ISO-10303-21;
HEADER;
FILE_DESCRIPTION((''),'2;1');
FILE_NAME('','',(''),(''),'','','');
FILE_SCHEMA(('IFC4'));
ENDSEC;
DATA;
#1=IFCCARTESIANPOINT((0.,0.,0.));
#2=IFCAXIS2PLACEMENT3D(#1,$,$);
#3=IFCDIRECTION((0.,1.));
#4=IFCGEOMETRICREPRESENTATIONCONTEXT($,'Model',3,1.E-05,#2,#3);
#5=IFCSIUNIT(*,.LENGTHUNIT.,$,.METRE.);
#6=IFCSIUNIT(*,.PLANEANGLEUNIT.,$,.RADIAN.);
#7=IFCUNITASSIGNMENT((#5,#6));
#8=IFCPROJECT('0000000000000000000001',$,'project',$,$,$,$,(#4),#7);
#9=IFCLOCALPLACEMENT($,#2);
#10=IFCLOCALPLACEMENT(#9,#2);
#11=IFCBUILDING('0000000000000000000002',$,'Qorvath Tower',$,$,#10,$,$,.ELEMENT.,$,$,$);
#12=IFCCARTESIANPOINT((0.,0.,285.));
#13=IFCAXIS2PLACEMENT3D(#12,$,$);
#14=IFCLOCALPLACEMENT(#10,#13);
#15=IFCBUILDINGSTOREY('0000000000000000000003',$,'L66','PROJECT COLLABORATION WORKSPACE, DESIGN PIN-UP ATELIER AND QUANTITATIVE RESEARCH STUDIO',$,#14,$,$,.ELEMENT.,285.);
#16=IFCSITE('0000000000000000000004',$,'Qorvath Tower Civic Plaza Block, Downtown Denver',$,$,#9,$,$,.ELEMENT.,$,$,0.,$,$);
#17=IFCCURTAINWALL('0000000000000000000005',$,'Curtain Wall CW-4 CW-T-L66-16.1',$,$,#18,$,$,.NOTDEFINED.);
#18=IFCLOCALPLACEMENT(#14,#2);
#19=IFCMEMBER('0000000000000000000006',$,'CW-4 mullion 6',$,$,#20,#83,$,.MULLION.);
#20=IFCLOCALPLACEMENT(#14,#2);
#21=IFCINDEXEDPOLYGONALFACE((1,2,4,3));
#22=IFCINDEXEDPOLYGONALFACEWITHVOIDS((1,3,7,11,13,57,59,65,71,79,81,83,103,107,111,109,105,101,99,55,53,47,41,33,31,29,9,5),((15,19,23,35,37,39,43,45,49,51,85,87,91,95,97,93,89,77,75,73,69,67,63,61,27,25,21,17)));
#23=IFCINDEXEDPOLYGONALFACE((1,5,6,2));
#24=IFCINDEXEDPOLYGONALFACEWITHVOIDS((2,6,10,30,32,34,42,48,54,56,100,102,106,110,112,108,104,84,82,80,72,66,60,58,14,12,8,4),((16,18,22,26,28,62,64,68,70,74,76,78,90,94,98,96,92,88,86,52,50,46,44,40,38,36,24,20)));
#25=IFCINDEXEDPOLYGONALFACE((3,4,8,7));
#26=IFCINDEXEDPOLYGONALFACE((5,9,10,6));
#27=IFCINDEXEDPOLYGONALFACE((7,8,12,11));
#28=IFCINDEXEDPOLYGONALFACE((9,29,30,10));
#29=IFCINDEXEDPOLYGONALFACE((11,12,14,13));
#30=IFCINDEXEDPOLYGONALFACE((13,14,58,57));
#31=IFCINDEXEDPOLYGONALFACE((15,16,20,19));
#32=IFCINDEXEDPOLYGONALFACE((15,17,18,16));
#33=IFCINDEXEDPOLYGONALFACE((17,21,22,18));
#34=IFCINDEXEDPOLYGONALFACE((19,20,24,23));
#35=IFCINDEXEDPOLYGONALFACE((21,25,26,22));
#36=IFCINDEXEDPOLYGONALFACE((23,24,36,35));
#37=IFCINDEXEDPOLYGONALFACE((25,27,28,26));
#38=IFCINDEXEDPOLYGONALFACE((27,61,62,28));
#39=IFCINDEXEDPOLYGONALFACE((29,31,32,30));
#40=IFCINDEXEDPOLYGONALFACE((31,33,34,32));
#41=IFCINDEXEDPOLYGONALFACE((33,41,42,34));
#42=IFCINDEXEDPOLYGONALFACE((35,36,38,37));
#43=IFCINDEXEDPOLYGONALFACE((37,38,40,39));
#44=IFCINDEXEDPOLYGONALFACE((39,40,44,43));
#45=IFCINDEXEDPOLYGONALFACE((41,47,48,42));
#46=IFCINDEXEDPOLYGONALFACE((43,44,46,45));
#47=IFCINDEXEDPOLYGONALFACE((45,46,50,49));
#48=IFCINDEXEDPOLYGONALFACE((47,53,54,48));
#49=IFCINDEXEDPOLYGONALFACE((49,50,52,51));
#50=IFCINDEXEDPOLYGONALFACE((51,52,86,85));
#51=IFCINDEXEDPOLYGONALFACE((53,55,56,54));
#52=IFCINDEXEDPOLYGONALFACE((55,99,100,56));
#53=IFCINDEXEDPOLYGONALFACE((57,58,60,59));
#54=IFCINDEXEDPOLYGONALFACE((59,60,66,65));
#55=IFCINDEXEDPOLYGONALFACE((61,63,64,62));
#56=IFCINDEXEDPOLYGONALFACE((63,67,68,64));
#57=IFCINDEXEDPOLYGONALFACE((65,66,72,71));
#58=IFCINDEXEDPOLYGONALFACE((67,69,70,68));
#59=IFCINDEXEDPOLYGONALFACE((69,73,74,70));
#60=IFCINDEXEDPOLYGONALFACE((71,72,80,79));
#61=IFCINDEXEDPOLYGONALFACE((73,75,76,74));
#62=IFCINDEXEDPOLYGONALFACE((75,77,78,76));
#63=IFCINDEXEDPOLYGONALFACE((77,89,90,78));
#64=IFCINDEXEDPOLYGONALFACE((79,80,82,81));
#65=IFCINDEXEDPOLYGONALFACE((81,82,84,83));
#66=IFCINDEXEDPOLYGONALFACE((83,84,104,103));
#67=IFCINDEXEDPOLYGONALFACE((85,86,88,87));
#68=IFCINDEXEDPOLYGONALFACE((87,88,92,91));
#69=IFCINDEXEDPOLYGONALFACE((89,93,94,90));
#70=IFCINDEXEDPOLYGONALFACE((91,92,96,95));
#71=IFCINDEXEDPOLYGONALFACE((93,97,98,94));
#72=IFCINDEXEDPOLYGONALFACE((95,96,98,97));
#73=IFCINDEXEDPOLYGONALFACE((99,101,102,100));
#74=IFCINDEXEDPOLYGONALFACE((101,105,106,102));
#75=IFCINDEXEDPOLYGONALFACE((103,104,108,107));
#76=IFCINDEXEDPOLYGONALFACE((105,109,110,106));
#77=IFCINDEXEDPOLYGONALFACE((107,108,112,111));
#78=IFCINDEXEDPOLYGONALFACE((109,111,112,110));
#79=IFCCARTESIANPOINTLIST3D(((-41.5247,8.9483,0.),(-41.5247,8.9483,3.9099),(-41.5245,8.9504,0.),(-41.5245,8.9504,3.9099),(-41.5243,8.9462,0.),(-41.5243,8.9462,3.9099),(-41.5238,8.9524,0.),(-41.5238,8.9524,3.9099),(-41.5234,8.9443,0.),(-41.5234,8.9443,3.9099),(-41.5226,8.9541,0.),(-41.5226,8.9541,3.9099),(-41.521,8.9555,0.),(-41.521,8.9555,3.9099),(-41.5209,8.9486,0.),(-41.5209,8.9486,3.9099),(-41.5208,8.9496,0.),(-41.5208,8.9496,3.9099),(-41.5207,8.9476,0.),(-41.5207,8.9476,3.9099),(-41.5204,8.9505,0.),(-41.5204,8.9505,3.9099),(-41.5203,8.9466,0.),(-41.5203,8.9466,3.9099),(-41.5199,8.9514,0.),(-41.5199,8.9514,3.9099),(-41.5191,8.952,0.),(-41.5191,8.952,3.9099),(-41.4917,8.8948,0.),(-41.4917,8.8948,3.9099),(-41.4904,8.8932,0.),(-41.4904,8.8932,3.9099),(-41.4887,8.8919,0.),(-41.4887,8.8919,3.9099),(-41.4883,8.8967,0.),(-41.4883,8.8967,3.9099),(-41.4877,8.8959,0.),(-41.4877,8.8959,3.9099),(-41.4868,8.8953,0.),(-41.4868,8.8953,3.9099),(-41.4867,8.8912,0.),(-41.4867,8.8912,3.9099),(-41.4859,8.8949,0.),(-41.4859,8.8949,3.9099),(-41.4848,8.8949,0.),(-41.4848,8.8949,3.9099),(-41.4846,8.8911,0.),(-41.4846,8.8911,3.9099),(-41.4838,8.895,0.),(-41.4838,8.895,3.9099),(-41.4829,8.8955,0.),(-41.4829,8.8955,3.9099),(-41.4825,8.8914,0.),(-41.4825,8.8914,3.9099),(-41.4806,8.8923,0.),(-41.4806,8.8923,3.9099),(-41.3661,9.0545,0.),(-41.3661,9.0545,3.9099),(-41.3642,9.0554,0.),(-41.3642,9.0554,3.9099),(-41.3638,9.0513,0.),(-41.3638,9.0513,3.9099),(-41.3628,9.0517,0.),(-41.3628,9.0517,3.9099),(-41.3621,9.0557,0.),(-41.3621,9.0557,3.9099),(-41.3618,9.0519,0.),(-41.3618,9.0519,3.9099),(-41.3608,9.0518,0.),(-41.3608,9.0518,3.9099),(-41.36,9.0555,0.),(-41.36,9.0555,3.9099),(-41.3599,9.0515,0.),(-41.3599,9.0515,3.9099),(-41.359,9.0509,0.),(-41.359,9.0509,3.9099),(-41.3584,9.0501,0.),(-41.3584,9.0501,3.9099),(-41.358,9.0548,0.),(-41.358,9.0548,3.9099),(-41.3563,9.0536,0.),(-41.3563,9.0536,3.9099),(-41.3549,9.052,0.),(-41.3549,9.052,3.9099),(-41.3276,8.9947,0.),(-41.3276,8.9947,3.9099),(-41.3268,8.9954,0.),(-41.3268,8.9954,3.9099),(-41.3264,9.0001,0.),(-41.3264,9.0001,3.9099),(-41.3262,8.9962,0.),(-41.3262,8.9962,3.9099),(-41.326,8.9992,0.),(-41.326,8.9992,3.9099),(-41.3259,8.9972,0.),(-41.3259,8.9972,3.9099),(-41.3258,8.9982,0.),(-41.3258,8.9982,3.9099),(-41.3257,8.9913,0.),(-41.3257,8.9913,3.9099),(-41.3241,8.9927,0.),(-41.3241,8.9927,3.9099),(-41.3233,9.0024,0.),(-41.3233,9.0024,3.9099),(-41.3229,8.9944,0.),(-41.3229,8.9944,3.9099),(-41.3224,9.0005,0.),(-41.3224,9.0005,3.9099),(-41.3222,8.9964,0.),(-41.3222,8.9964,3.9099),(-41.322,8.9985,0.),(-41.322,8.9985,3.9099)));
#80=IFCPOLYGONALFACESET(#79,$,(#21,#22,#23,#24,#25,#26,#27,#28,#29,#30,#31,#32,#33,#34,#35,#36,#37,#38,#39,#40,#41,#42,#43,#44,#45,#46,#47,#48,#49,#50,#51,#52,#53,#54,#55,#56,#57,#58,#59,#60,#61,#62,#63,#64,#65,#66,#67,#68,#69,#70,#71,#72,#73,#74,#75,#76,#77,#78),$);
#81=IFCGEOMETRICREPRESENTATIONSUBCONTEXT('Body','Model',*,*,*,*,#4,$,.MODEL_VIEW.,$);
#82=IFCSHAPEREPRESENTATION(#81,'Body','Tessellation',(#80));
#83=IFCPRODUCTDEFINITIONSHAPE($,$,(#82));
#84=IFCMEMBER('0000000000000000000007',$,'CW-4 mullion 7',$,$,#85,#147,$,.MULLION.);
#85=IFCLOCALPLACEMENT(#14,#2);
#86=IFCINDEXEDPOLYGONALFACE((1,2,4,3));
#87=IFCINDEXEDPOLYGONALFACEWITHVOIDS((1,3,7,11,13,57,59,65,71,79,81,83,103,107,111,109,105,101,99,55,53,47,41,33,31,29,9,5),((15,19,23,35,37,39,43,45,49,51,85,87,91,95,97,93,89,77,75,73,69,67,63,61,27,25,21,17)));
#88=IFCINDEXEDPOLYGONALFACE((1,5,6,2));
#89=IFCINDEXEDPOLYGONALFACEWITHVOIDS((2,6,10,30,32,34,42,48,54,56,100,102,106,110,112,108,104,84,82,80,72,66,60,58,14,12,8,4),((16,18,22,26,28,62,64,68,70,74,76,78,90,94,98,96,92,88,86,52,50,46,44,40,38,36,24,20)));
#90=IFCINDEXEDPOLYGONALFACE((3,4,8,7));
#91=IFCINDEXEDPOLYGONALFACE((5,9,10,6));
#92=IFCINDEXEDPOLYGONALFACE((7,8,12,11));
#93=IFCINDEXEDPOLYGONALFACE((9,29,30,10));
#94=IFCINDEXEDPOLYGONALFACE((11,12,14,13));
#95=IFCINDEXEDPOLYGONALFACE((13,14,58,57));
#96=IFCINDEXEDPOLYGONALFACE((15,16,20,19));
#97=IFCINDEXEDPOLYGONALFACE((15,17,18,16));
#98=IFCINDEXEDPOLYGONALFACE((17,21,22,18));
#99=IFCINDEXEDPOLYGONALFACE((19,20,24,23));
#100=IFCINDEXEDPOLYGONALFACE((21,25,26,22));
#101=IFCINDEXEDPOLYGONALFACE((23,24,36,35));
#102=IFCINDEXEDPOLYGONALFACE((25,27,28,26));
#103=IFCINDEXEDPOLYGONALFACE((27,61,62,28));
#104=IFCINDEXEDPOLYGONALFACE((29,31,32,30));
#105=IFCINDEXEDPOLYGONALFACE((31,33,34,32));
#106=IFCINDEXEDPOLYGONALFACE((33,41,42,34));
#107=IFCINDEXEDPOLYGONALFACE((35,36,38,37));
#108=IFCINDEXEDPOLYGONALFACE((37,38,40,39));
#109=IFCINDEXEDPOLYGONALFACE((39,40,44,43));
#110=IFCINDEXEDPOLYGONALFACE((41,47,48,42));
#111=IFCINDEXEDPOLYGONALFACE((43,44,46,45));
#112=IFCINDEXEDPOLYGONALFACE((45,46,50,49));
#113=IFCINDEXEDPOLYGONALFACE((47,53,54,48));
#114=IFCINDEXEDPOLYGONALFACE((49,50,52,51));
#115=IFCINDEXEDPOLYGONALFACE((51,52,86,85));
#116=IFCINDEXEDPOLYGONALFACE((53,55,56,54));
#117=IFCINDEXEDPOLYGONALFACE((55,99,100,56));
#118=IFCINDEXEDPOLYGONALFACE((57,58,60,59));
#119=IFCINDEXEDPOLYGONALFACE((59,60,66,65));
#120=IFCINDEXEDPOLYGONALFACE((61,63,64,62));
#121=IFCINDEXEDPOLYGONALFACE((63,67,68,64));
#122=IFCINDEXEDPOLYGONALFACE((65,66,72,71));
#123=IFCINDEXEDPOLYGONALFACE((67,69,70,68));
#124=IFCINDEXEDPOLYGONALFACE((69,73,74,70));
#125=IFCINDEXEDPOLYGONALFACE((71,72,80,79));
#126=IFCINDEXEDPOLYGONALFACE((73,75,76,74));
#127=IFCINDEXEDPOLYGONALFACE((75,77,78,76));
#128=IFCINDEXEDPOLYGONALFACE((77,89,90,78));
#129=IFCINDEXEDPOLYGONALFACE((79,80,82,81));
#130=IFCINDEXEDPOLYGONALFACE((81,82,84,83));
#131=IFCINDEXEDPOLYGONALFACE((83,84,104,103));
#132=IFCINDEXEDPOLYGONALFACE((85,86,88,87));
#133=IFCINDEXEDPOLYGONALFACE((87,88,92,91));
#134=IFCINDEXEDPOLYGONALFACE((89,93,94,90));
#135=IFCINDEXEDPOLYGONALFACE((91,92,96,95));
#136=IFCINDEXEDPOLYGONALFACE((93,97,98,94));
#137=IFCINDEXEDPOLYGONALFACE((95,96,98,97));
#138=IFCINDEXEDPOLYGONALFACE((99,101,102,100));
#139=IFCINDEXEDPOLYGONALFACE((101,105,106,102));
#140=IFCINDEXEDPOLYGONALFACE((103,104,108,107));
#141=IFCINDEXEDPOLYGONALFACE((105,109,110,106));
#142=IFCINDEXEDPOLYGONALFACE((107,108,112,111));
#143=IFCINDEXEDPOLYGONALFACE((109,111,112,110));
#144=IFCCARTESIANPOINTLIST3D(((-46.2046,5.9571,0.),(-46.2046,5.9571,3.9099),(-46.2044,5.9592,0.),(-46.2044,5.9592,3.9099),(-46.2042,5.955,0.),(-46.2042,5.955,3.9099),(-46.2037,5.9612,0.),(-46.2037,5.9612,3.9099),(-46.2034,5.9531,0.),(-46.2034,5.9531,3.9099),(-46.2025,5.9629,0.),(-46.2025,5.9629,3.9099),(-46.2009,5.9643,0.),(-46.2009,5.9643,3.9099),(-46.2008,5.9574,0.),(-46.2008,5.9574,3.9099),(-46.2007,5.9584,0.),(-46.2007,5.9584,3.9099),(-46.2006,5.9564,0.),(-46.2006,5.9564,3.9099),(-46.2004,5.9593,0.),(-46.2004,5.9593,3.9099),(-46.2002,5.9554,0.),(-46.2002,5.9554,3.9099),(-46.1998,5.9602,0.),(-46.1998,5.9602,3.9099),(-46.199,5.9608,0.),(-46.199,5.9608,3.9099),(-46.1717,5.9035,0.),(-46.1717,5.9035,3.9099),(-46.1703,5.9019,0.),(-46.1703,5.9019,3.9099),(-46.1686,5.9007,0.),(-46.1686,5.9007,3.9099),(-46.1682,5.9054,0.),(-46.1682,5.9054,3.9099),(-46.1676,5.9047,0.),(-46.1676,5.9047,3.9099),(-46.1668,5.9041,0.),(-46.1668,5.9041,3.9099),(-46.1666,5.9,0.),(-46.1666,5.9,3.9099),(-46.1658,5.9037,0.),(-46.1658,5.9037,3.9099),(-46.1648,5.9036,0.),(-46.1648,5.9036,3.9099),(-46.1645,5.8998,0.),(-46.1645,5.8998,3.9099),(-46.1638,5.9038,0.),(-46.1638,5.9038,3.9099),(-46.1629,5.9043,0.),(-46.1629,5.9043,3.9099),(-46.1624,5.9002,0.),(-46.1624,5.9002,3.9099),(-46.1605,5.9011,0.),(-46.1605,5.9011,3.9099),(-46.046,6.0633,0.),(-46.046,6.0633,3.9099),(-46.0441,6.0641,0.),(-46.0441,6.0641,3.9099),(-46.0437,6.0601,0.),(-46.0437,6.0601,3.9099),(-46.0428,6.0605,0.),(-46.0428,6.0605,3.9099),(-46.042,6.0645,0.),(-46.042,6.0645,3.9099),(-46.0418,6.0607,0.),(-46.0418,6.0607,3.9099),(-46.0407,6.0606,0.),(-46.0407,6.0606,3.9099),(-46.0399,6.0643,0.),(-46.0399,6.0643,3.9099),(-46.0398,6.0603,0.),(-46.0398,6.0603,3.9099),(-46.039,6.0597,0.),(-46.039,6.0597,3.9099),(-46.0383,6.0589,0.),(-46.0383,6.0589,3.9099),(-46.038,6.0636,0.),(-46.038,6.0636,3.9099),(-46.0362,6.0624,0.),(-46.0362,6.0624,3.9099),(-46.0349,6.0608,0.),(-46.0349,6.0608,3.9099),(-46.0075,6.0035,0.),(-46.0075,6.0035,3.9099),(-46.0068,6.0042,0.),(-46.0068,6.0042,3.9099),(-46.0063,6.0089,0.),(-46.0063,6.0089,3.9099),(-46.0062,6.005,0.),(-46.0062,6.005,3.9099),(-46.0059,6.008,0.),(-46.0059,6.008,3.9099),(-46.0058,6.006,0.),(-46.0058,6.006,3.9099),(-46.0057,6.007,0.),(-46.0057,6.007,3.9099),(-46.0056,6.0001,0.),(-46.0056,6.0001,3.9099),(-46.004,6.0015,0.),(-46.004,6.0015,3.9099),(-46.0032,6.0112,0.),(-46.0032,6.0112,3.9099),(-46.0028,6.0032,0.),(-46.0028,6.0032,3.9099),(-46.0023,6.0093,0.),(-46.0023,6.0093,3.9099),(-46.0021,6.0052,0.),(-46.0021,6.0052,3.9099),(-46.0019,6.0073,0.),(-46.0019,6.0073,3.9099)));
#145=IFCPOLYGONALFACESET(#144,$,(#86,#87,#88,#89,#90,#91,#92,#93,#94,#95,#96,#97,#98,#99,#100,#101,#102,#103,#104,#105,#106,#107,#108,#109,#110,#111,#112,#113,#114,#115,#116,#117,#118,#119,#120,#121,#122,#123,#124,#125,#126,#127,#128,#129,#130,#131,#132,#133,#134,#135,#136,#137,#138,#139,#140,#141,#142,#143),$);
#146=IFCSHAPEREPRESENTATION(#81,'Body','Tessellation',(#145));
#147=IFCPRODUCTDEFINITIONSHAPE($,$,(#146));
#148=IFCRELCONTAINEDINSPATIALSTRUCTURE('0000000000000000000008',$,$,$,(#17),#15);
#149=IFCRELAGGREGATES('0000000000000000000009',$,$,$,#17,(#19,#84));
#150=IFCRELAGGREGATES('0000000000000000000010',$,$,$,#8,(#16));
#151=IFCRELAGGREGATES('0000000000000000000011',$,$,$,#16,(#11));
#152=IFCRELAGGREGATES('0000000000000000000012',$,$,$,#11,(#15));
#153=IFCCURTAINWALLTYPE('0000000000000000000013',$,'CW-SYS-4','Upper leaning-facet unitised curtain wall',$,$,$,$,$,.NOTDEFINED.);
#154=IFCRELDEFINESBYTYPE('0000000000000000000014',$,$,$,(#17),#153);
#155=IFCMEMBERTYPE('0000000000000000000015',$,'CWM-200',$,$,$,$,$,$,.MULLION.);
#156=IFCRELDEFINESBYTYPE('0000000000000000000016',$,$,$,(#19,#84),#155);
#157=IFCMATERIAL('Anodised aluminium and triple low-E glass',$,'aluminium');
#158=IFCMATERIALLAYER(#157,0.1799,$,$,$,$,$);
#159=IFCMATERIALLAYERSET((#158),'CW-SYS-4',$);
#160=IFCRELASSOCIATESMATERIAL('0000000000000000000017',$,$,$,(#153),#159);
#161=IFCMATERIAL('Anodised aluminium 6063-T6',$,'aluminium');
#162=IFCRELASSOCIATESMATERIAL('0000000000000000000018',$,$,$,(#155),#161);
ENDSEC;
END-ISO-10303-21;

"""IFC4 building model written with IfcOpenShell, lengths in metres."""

from ifc_helpers import new_model, si_unit, direction, frame, origin, origin_2d, place, context, subcontext, project, spatial, hollow_rectangle, extrude, material, layer, layer_set, material_profile, profile_set, type_object, element, aggregate, save


model = new_model("IFC4")

# Units and contexts
model_context = context("Model", 3, precision=1e-05, world=origin(), true_north=direction((0.0, 1.0)))
body_context = subcontext(model_context, "Body", "Model", "MODEL_VIEW")
ifc_project = project(units=[si_unit("LENGTHUNIT", "METRE"), si_unit("PLANEANGLEUNIT", "RADIAN")], contexts=[model_context])

# Site, building, storey
site_placement = place(None, origin())
site = spatial("IfcSite", under=ifc_project, at=site_placement, Name="Qorvath Tower Civic Plaza Block, Downtown Denver", CompositionType="ELEMENT", RefElevation=0.0)
building_placement = place(site_placement, origin())
building = spatial("IfcBuilding", under=site, at=building_placement, Name="Qorvath Tower", CompositionType="ELEMENT")
storey_placement = place(building_placement, frame((0.0, 0.0, 285.0)))
storey = spatial("IfcBuildingStorey", under=building, at=storey_placement, Name="L66", Description="PROJECT COLLABORATION WORKSPACE, DESIGN PIN-UP ATELIER AND QUANTITATIVE RESEARCH STUDIO", CompositionType="ELEMENT", Elevation=285.0)

# Curtain wall, members
ifc_material_1 = material(Name="Anodised aluminium and triple low-E glass", Category="aluminium")
ifc_layer_1 = layer(ifc_material_1, 0.1799)
ifc_layer_set_1 = layer_set([ifc_layer_1], Name="CW-SYS-4")
curtain_wall_type = type_object("IfcCurtainWallType", Name="CW-SYS-4", Description="Upper leaning-facet unitised curtain wall", PredefinedType="NOTDEFINED", material=ifc_layer_set_1)
curtain_wall_placement = place(storey_placement, origin())
curtain_wall = element("IfcCurtainWall", 1, at=curtain_wall_placement, inside=storey, type_object=curtain_wall_type, Name="Curtain Wall CW-4 CW-T-L66-16.1", PredefinedType="NOTDEFINED")
ifc_material_2 = material(Name="Anodised aluminium 6063-T6", Category="aluminium")
ifc_material_profile_1 = material_profile(ifc_material_2, hollow_rectangle(XDim=0.075, YDim=0.2, WallThickness=0.0039, InnerFilletRadius=0.0039, OuterFilletRadius=0.0081, at=origin_2d()), Name="CWM 200x75")
ifc_profile_set_1 = profile_set([ifc_material_profile_1], Name="Anodised aluminium 6063-T6")
member_type_1 = type_object("IfcMemberType", Name="CWM-200", PredefinedType="MULLION", material=ifc_profile_set_1)
member_1_placement = place(storey_placement, frame((-41.4233, 8.9734, 0.0), z_axis=(0.0, 0.0, 1.0), x_axis=(0.538532, -0.842605, 0.0)))
member_1 = element("IfcMember", 2, at=member_1_placement, type_object=member_type_1, Name="CW-4 mullion 6", PredefinedType="MULLION", context=body_context, shape_type="SweptSolid", body=[
    extrude(hollow_rectangle(XDim=0.075, YDim=0.2, WallThickness=0.0039, InnerFilletRadius=0.0039, OuterFilletRadius=0.0081, at=origin_2d()), origin(), (0.0, 0.0, 1.0), 3.9099),
])
member_2_placement = place(storey_placement, frame((-46.1033, 5.9822, 0.0), z_axis=(0.0, 0.0, 1.0), x_axis=(0.538532, -0.842605, 0.0)))
member_2 = element("IfcMember", 3, at=member_2_placement, type_object=member_type_1, Name="CW-4 mullion 7", PredefinedType="MULLION", context=body_context, shape_type="SweptSolid", body=[
    extrude(hollow_rectangle(XDim=0.075, YDim=0.2, WallThickness=0.0039, InnerFilletRadius=0.0039, OuterFilletRadius=0.0081, at=origin_2d()), origin(), (0.0, 0.0, 1.0), 3.9099),
])
aggregate(curtain_wall, [member_1, member_2])

save(model, "model.ifc")
